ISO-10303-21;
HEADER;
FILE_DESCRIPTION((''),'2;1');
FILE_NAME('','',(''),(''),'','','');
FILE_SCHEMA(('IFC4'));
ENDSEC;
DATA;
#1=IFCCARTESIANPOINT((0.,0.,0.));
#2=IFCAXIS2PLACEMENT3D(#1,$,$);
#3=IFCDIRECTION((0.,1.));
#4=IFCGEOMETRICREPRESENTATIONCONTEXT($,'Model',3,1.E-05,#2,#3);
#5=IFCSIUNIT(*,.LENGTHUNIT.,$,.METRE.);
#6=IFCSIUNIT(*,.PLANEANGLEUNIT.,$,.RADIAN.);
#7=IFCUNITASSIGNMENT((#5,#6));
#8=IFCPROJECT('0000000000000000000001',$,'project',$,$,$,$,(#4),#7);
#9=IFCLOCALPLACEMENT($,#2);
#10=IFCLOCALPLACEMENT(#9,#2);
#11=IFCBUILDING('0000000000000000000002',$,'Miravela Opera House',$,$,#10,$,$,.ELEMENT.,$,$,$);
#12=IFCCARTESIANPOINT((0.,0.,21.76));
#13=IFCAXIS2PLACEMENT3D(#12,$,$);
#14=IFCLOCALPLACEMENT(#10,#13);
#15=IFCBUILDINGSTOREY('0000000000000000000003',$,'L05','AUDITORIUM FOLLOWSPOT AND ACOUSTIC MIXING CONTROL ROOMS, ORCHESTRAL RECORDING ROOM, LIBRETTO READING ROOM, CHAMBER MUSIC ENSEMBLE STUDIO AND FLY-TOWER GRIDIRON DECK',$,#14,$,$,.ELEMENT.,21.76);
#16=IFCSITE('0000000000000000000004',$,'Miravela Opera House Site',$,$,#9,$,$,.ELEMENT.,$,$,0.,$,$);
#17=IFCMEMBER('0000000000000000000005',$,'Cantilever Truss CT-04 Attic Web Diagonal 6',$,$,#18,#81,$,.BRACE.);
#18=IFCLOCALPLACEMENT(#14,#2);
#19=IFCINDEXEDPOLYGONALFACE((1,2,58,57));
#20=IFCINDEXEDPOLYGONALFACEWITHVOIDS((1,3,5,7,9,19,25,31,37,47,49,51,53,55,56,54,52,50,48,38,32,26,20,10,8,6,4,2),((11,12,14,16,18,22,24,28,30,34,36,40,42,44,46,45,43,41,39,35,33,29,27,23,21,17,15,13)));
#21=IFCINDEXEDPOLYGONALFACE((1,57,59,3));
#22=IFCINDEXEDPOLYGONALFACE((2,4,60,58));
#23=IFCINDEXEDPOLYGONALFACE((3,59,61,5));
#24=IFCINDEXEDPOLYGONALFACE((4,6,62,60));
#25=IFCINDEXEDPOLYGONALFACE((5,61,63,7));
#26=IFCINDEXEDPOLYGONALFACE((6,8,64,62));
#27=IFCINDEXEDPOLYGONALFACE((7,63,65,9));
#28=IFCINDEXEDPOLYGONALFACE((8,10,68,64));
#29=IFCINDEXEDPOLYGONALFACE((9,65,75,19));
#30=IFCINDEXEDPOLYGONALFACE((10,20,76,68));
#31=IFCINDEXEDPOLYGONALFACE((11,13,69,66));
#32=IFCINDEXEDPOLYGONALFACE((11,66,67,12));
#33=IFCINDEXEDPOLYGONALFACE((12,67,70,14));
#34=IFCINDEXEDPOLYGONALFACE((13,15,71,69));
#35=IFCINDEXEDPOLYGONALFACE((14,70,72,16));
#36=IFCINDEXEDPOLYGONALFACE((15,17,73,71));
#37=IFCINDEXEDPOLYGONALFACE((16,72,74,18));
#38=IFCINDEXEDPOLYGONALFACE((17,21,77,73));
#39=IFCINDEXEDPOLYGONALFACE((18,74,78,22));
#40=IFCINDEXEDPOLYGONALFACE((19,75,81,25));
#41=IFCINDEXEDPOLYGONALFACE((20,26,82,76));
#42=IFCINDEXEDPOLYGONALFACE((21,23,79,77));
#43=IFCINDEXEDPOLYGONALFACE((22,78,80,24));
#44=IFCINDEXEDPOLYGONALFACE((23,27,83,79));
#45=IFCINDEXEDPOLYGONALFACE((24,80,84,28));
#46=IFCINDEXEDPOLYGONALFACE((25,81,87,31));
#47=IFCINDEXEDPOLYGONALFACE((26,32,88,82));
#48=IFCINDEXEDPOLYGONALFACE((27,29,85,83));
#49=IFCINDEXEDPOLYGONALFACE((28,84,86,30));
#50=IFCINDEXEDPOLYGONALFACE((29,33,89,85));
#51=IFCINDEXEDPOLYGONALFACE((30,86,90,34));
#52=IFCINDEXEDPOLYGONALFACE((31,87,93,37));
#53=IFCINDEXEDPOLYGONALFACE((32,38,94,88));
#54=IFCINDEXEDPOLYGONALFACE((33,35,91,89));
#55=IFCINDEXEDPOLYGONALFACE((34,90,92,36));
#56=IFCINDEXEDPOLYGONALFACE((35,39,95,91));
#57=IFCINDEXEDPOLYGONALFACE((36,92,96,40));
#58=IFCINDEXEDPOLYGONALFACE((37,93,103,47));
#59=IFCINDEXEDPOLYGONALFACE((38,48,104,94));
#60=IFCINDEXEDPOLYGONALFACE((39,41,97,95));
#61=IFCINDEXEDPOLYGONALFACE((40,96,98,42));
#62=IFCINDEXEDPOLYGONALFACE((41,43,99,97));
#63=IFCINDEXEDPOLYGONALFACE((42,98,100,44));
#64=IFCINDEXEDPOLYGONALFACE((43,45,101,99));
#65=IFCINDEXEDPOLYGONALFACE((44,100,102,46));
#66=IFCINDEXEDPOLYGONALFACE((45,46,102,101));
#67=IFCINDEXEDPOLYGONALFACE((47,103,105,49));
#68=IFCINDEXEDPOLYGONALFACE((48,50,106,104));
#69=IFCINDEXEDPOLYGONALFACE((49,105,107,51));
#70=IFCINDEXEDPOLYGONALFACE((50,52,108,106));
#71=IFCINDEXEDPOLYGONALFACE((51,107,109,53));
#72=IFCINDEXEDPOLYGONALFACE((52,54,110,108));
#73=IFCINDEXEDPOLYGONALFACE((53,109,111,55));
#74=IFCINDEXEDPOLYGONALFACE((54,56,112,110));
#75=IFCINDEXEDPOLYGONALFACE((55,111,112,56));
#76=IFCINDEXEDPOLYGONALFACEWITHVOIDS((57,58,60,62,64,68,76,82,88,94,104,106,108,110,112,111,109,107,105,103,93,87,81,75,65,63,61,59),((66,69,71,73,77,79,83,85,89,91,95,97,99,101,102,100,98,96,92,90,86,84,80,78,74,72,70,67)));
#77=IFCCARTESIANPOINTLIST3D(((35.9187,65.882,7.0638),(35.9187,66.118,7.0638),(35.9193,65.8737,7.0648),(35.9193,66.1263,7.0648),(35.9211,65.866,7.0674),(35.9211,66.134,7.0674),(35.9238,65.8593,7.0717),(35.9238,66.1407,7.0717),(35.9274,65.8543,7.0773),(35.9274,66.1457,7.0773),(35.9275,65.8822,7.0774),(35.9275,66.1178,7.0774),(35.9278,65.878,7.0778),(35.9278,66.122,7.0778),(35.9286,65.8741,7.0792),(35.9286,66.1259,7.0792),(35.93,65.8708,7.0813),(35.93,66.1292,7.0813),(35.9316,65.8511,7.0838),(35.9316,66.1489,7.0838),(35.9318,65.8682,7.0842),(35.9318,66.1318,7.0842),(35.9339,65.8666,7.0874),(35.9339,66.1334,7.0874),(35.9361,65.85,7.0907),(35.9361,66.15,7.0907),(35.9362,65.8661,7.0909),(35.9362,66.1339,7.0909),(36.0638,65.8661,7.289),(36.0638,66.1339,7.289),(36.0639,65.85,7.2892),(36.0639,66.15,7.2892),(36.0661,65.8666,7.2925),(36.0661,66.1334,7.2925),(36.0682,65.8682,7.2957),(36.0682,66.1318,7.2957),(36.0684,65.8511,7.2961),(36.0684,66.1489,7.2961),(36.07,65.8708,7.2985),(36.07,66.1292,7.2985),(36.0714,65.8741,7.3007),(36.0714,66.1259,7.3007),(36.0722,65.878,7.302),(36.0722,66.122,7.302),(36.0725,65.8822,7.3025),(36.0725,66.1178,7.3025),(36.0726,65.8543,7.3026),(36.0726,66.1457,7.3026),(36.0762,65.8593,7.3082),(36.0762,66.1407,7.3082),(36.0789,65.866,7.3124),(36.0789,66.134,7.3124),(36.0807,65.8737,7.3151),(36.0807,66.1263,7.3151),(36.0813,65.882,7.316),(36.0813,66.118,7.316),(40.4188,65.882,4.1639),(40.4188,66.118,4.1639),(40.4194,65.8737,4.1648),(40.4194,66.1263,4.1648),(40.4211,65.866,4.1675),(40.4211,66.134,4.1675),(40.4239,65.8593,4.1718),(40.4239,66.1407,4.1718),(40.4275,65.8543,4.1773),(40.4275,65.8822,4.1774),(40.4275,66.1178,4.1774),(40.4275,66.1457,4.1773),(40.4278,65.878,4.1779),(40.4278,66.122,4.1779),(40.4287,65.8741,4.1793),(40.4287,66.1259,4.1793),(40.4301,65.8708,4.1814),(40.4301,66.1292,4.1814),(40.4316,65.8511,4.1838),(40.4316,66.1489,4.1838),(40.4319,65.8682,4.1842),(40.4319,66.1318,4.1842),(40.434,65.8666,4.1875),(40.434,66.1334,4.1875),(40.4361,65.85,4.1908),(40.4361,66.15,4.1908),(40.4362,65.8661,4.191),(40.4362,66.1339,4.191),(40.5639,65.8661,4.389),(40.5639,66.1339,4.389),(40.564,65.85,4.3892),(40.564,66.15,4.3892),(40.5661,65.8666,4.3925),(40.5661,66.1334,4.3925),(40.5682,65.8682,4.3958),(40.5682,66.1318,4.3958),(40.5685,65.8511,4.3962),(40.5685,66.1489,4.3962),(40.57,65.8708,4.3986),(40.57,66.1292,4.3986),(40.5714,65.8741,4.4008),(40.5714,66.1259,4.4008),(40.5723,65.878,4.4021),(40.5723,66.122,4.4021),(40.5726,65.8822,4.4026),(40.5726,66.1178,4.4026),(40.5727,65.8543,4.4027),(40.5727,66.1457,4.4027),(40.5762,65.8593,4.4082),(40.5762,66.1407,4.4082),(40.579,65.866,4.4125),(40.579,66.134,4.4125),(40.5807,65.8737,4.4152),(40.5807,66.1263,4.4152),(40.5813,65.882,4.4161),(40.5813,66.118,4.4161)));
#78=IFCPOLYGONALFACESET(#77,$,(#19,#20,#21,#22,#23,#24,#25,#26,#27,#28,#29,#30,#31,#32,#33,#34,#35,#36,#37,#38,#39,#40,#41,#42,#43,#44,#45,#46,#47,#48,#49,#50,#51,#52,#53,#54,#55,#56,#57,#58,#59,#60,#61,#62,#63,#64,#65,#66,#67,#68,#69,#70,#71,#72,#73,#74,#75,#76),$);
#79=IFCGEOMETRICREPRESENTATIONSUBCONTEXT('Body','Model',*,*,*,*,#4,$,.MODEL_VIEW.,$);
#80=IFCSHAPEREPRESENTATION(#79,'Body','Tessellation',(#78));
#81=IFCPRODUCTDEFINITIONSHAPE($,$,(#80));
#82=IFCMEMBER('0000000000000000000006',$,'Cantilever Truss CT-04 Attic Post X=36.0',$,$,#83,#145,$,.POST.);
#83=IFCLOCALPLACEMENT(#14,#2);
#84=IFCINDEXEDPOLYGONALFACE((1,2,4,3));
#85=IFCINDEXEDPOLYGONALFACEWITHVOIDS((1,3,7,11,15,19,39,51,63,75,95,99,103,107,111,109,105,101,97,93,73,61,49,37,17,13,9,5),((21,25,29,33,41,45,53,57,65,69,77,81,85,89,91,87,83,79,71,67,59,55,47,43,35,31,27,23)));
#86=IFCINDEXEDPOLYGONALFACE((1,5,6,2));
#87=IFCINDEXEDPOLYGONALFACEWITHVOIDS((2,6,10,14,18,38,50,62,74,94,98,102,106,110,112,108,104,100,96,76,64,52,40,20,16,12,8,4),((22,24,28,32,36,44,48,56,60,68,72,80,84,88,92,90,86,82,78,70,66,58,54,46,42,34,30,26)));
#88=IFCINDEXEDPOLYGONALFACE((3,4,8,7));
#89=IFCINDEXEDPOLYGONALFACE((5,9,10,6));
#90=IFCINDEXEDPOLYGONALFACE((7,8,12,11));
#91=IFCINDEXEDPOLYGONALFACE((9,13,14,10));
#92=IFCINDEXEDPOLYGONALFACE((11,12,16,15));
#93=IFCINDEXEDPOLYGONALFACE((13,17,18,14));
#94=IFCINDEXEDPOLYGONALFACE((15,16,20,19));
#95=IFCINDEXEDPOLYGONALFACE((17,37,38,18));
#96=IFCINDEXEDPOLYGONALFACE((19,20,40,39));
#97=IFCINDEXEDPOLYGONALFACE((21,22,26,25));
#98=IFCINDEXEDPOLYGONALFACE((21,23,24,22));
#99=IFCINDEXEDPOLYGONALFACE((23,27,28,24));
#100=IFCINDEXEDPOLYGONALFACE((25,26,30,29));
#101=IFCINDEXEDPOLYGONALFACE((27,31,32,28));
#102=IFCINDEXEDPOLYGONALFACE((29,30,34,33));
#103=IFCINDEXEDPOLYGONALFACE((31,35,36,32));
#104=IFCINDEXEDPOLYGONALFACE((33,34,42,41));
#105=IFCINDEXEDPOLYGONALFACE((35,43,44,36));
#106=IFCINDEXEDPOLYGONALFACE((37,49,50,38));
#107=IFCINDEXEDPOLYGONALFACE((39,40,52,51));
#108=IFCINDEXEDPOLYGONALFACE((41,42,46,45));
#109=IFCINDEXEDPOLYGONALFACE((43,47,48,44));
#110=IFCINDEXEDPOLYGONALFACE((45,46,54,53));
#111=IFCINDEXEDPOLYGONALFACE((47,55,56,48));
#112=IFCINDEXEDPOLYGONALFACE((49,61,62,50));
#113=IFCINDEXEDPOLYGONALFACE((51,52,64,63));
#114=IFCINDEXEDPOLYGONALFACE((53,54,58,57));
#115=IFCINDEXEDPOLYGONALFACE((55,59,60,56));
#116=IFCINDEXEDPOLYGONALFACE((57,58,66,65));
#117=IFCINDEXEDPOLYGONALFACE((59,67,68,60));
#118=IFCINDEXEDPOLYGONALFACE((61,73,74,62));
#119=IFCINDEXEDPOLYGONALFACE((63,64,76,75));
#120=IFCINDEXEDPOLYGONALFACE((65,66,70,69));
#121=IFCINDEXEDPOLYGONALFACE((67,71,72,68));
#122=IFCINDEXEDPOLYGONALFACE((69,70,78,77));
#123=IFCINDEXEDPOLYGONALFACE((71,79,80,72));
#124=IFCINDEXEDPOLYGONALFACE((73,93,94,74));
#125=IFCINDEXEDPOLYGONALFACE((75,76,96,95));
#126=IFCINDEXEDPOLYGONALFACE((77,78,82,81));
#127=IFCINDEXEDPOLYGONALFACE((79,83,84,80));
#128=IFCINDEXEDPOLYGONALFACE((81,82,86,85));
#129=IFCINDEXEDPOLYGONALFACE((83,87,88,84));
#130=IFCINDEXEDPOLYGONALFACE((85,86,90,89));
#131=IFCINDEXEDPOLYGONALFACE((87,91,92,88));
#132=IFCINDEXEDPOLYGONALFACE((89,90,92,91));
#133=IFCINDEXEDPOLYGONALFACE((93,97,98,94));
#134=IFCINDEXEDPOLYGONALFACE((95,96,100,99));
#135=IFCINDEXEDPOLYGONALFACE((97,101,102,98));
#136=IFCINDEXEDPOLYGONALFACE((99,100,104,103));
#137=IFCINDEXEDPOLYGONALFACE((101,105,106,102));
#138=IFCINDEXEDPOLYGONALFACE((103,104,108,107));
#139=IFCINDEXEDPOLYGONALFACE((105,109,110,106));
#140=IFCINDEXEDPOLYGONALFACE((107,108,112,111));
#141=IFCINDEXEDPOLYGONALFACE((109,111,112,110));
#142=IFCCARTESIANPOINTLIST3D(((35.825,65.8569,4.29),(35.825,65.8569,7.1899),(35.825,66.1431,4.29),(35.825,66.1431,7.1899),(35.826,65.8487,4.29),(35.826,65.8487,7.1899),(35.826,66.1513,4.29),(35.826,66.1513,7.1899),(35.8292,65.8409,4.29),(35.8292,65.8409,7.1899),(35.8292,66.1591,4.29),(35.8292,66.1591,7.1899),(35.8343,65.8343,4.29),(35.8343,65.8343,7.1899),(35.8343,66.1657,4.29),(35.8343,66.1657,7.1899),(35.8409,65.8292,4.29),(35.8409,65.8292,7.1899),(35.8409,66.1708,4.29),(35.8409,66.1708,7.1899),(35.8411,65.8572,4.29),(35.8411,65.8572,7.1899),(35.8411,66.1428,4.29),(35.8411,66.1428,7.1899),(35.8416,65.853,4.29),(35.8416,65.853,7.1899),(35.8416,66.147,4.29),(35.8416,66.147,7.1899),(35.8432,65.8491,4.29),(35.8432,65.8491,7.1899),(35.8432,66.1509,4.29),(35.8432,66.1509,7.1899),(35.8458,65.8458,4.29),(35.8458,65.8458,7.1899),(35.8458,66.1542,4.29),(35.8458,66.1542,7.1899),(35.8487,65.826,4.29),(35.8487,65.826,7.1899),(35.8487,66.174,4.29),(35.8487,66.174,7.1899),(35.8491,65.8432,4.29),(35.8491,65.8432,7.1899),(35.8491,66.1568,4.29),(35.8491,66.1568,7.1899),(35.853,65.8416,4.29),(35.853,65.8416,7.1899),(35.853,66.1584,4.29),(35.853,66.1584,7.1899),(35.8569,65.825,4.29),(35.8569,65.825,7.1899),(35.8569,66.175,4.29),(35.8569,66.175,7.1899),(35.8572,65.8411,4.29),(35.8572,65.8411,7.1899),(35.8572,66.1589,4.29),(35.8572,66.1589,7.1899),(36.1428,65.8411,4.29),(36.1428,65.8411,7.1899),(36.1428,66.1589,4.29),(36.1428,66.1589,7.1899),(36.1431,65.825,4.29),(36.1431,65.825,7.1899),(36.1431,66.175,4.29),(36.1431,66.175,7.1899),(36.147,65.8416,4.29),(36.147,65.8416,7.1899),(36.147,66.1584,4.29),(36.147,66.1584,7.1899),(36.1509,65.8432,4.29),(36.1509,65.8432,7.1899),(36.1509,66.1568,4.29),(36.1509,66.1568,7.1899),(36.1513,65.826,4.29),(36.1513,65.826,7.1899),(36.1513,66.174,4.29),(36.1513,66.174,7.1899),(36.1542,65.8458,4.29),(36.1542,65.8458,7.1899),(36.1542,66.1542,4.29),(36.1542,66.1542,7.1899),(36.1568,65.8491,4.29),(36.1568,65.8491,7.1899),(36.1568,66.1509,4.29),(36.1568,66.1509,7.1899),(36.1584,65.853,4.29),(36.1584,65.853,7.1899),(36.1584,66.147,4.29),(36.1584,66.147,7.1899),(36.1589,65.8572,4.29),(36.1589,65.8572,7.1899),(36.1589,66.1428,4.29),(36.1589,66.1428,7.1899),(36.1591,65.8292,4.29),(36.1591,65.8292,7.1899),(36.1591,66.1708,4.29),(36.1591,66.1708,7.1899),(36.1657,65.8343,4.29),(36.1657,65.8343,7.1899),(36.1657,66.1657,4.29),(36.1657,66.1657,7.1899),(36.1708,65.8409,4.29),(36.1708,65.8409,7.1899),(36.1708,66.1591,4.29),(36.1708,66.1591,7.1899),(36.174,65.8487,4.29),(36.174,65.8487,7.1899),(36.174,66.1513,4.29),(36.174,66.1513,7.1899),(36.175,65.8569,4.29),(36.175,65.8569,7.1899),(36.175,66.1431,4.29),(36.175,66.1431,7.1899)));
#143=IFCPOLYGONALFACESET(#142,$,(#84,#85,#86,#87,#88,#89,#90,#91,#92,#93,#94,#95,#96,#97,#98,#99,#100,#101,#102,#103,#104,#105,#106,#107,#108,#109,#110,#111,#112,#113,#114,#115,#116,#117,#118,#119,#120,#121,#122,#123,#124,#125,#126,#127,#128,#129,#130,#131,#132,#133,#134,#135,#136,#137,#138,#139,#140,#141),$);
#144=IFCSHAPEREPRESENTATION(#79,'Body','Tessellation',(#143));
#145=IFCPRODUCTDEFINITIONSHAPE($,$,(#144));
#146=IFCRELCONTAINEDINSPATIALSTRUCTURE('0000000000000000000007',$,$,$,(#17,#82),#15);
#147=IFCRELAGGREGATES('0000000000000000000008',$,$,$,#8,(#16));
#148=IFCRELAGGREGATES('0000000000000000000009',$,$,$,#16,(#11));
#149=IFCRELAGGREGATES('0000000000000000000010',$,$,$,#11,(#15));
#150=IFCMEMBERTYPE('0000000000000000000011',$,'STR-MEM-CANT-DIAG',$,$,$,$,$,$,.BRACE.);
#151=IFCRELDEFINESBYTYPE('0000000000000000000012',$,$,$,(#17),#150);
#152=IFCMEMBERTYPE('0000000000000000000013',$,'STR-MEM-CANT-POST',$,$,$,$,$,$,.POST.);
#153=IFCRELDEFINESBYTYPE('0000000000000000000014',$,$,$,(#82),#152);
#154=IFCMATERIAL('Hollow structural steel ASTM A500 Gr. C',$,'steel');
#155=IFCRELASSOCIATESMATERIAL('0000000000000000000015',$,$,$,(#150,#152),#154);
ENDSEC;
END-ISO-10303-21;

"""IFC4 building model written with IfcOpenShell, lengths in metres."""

from ifc_helpers import new_model, si_unit, direction, frame, origin, origin_2d, place, context, subcontext, project, spatial, hollow_rectangle, extrude, material, material_profile, profile_set, type_object, element, save


model = new_model("IFC4")

# Units and contexts
model_context = context("Model", 3, precision=1e-05, world=origin(), true_north=direction((0.0, 1.0)))
body_context = subcontext(model_context, "Body", "Model", "MODEL_VIEW")
ifc_project = project(units=[si_unit("LENGTHUNIT", "METRE"), si_unit("PLANEANGLEUNIT", "RADIAN")], contexts=[model_context])

# Site, building, storey
site_placement = place(None, origin())
site = spatial("IfcSite", under=ifc_project, at=site_placement, Name="Miravela Opera House Site", CompositionType="ELEMENT", RefElevation=0.0)
building_placement = place(site_placement, origin())
building = spatial("IfcBuilding", under=site, at=building_placement, Name="Miravela Opera House", CompositionType="ELEMENT")
storey_placement = place(building_placement, frame((0.0, 0.0, 21.76)))
storey = spatial("IfcBuildingStorey", under=building, at=storey_placement, Name="L05", Description="AUDITORIUM FOLLOWSPOT AND ACOUSTIC MIXING CONTROL ROOMS, ORCHESTRAL RECORDING ROOM, LIBRETTO READING ROOM, CHAMBER MUSIC ENSEMBLE STUDIO AND FLY-TOWER GRIDIRON DECK", CompositionType="ELEMENT", Elevation=21.76)

# Members
ifc_material_1 = material(Name="Hollow structural steel ASTM A500 Gr. C", Category="steel")
ifc_material_profile_1 = material_profile(ifc_material_1, hollow_rectangle(XDim=0.3, YDim=0.3, WallThickness=0.0161, InnerFilletRadius=0.0161, OuterFilletRadius=0.032, at=origin_2d()), Name="HSS300X300X16")
ifc_profile_set_1 = profile_set([ifc_material_profile_1])
member_type_1 = type_object("IfcMemberType", Name="STR-MEM-CANT-DIAG", PredefinedType="BRACE", material=ifc_profile_set_1)
member_1_placement = place(storey_placement, frame((36.0, 66.0, 7.1899), z_axis=(0.840579, 0.0, -0.541688), x_axis=(0.0, 1.0, 0.0)))
element("IfcMember", 1, at=member_1_placement, inside=storey, type_object=member_type_1, Name="Cantilever Truss CT-04 Attic Web Diagonal 6", PredefinedType="BRACE", context=body_context, shape_type="SweptSolid", body=[
    extrude(hollow_rectangle(XDim=0.3, YDim=0.3, WallThickness=0.0161, InnerFilletRadius=0.0161, OuterFilletRadius=0.032, at=origin_2d()), origin(), (0.0, 0.0, 1.0), 5.3535),
])
ifc_material_profile_2 = material_profile(ifc_material_1, hollow_rectangle(XDim=0.3501, YDim=0.3501, WallThickness=0.0161, InnerFilletRadius=0.0161, OuterFilletRadius=0.032, at=origin_2d()), Name="HSS350X350X16")
ifc_profile_set_2 = profile_set([ifc_material_profile_2])
member_type_2 = type_object("IfcMemberType", Name="STR-MEM-CANT-POST", PredefinedType="POST", material=ifc_profile_set_2)
member_2_placement = place(storey_placement, frame((36.0, 66.0, 4.29), z_axis=(0.0, 0.0, 1.0), x_axis=(1.0, 0.0, 0.0)))
element("IfcMember", 2, at=member_2_placement, inside=storey, type_object=member_type_2, Name="Cantilever Truss CT-04 Attic Post X=36.0", PredefinedType="POST", context=body_context, shape_type="SweptSolid", body=[
    extrude(hollow_rectangle(XDim=0.3501, YDim=0.3501, WallThickness=0.0161, InnerFilletRadius=0.0161, OuterFilletRadius=0.032, at=origin_2d()), origin(), (0.0, 0.0, 1.0), 2.8999),
])

save(model, "model.ifc")
